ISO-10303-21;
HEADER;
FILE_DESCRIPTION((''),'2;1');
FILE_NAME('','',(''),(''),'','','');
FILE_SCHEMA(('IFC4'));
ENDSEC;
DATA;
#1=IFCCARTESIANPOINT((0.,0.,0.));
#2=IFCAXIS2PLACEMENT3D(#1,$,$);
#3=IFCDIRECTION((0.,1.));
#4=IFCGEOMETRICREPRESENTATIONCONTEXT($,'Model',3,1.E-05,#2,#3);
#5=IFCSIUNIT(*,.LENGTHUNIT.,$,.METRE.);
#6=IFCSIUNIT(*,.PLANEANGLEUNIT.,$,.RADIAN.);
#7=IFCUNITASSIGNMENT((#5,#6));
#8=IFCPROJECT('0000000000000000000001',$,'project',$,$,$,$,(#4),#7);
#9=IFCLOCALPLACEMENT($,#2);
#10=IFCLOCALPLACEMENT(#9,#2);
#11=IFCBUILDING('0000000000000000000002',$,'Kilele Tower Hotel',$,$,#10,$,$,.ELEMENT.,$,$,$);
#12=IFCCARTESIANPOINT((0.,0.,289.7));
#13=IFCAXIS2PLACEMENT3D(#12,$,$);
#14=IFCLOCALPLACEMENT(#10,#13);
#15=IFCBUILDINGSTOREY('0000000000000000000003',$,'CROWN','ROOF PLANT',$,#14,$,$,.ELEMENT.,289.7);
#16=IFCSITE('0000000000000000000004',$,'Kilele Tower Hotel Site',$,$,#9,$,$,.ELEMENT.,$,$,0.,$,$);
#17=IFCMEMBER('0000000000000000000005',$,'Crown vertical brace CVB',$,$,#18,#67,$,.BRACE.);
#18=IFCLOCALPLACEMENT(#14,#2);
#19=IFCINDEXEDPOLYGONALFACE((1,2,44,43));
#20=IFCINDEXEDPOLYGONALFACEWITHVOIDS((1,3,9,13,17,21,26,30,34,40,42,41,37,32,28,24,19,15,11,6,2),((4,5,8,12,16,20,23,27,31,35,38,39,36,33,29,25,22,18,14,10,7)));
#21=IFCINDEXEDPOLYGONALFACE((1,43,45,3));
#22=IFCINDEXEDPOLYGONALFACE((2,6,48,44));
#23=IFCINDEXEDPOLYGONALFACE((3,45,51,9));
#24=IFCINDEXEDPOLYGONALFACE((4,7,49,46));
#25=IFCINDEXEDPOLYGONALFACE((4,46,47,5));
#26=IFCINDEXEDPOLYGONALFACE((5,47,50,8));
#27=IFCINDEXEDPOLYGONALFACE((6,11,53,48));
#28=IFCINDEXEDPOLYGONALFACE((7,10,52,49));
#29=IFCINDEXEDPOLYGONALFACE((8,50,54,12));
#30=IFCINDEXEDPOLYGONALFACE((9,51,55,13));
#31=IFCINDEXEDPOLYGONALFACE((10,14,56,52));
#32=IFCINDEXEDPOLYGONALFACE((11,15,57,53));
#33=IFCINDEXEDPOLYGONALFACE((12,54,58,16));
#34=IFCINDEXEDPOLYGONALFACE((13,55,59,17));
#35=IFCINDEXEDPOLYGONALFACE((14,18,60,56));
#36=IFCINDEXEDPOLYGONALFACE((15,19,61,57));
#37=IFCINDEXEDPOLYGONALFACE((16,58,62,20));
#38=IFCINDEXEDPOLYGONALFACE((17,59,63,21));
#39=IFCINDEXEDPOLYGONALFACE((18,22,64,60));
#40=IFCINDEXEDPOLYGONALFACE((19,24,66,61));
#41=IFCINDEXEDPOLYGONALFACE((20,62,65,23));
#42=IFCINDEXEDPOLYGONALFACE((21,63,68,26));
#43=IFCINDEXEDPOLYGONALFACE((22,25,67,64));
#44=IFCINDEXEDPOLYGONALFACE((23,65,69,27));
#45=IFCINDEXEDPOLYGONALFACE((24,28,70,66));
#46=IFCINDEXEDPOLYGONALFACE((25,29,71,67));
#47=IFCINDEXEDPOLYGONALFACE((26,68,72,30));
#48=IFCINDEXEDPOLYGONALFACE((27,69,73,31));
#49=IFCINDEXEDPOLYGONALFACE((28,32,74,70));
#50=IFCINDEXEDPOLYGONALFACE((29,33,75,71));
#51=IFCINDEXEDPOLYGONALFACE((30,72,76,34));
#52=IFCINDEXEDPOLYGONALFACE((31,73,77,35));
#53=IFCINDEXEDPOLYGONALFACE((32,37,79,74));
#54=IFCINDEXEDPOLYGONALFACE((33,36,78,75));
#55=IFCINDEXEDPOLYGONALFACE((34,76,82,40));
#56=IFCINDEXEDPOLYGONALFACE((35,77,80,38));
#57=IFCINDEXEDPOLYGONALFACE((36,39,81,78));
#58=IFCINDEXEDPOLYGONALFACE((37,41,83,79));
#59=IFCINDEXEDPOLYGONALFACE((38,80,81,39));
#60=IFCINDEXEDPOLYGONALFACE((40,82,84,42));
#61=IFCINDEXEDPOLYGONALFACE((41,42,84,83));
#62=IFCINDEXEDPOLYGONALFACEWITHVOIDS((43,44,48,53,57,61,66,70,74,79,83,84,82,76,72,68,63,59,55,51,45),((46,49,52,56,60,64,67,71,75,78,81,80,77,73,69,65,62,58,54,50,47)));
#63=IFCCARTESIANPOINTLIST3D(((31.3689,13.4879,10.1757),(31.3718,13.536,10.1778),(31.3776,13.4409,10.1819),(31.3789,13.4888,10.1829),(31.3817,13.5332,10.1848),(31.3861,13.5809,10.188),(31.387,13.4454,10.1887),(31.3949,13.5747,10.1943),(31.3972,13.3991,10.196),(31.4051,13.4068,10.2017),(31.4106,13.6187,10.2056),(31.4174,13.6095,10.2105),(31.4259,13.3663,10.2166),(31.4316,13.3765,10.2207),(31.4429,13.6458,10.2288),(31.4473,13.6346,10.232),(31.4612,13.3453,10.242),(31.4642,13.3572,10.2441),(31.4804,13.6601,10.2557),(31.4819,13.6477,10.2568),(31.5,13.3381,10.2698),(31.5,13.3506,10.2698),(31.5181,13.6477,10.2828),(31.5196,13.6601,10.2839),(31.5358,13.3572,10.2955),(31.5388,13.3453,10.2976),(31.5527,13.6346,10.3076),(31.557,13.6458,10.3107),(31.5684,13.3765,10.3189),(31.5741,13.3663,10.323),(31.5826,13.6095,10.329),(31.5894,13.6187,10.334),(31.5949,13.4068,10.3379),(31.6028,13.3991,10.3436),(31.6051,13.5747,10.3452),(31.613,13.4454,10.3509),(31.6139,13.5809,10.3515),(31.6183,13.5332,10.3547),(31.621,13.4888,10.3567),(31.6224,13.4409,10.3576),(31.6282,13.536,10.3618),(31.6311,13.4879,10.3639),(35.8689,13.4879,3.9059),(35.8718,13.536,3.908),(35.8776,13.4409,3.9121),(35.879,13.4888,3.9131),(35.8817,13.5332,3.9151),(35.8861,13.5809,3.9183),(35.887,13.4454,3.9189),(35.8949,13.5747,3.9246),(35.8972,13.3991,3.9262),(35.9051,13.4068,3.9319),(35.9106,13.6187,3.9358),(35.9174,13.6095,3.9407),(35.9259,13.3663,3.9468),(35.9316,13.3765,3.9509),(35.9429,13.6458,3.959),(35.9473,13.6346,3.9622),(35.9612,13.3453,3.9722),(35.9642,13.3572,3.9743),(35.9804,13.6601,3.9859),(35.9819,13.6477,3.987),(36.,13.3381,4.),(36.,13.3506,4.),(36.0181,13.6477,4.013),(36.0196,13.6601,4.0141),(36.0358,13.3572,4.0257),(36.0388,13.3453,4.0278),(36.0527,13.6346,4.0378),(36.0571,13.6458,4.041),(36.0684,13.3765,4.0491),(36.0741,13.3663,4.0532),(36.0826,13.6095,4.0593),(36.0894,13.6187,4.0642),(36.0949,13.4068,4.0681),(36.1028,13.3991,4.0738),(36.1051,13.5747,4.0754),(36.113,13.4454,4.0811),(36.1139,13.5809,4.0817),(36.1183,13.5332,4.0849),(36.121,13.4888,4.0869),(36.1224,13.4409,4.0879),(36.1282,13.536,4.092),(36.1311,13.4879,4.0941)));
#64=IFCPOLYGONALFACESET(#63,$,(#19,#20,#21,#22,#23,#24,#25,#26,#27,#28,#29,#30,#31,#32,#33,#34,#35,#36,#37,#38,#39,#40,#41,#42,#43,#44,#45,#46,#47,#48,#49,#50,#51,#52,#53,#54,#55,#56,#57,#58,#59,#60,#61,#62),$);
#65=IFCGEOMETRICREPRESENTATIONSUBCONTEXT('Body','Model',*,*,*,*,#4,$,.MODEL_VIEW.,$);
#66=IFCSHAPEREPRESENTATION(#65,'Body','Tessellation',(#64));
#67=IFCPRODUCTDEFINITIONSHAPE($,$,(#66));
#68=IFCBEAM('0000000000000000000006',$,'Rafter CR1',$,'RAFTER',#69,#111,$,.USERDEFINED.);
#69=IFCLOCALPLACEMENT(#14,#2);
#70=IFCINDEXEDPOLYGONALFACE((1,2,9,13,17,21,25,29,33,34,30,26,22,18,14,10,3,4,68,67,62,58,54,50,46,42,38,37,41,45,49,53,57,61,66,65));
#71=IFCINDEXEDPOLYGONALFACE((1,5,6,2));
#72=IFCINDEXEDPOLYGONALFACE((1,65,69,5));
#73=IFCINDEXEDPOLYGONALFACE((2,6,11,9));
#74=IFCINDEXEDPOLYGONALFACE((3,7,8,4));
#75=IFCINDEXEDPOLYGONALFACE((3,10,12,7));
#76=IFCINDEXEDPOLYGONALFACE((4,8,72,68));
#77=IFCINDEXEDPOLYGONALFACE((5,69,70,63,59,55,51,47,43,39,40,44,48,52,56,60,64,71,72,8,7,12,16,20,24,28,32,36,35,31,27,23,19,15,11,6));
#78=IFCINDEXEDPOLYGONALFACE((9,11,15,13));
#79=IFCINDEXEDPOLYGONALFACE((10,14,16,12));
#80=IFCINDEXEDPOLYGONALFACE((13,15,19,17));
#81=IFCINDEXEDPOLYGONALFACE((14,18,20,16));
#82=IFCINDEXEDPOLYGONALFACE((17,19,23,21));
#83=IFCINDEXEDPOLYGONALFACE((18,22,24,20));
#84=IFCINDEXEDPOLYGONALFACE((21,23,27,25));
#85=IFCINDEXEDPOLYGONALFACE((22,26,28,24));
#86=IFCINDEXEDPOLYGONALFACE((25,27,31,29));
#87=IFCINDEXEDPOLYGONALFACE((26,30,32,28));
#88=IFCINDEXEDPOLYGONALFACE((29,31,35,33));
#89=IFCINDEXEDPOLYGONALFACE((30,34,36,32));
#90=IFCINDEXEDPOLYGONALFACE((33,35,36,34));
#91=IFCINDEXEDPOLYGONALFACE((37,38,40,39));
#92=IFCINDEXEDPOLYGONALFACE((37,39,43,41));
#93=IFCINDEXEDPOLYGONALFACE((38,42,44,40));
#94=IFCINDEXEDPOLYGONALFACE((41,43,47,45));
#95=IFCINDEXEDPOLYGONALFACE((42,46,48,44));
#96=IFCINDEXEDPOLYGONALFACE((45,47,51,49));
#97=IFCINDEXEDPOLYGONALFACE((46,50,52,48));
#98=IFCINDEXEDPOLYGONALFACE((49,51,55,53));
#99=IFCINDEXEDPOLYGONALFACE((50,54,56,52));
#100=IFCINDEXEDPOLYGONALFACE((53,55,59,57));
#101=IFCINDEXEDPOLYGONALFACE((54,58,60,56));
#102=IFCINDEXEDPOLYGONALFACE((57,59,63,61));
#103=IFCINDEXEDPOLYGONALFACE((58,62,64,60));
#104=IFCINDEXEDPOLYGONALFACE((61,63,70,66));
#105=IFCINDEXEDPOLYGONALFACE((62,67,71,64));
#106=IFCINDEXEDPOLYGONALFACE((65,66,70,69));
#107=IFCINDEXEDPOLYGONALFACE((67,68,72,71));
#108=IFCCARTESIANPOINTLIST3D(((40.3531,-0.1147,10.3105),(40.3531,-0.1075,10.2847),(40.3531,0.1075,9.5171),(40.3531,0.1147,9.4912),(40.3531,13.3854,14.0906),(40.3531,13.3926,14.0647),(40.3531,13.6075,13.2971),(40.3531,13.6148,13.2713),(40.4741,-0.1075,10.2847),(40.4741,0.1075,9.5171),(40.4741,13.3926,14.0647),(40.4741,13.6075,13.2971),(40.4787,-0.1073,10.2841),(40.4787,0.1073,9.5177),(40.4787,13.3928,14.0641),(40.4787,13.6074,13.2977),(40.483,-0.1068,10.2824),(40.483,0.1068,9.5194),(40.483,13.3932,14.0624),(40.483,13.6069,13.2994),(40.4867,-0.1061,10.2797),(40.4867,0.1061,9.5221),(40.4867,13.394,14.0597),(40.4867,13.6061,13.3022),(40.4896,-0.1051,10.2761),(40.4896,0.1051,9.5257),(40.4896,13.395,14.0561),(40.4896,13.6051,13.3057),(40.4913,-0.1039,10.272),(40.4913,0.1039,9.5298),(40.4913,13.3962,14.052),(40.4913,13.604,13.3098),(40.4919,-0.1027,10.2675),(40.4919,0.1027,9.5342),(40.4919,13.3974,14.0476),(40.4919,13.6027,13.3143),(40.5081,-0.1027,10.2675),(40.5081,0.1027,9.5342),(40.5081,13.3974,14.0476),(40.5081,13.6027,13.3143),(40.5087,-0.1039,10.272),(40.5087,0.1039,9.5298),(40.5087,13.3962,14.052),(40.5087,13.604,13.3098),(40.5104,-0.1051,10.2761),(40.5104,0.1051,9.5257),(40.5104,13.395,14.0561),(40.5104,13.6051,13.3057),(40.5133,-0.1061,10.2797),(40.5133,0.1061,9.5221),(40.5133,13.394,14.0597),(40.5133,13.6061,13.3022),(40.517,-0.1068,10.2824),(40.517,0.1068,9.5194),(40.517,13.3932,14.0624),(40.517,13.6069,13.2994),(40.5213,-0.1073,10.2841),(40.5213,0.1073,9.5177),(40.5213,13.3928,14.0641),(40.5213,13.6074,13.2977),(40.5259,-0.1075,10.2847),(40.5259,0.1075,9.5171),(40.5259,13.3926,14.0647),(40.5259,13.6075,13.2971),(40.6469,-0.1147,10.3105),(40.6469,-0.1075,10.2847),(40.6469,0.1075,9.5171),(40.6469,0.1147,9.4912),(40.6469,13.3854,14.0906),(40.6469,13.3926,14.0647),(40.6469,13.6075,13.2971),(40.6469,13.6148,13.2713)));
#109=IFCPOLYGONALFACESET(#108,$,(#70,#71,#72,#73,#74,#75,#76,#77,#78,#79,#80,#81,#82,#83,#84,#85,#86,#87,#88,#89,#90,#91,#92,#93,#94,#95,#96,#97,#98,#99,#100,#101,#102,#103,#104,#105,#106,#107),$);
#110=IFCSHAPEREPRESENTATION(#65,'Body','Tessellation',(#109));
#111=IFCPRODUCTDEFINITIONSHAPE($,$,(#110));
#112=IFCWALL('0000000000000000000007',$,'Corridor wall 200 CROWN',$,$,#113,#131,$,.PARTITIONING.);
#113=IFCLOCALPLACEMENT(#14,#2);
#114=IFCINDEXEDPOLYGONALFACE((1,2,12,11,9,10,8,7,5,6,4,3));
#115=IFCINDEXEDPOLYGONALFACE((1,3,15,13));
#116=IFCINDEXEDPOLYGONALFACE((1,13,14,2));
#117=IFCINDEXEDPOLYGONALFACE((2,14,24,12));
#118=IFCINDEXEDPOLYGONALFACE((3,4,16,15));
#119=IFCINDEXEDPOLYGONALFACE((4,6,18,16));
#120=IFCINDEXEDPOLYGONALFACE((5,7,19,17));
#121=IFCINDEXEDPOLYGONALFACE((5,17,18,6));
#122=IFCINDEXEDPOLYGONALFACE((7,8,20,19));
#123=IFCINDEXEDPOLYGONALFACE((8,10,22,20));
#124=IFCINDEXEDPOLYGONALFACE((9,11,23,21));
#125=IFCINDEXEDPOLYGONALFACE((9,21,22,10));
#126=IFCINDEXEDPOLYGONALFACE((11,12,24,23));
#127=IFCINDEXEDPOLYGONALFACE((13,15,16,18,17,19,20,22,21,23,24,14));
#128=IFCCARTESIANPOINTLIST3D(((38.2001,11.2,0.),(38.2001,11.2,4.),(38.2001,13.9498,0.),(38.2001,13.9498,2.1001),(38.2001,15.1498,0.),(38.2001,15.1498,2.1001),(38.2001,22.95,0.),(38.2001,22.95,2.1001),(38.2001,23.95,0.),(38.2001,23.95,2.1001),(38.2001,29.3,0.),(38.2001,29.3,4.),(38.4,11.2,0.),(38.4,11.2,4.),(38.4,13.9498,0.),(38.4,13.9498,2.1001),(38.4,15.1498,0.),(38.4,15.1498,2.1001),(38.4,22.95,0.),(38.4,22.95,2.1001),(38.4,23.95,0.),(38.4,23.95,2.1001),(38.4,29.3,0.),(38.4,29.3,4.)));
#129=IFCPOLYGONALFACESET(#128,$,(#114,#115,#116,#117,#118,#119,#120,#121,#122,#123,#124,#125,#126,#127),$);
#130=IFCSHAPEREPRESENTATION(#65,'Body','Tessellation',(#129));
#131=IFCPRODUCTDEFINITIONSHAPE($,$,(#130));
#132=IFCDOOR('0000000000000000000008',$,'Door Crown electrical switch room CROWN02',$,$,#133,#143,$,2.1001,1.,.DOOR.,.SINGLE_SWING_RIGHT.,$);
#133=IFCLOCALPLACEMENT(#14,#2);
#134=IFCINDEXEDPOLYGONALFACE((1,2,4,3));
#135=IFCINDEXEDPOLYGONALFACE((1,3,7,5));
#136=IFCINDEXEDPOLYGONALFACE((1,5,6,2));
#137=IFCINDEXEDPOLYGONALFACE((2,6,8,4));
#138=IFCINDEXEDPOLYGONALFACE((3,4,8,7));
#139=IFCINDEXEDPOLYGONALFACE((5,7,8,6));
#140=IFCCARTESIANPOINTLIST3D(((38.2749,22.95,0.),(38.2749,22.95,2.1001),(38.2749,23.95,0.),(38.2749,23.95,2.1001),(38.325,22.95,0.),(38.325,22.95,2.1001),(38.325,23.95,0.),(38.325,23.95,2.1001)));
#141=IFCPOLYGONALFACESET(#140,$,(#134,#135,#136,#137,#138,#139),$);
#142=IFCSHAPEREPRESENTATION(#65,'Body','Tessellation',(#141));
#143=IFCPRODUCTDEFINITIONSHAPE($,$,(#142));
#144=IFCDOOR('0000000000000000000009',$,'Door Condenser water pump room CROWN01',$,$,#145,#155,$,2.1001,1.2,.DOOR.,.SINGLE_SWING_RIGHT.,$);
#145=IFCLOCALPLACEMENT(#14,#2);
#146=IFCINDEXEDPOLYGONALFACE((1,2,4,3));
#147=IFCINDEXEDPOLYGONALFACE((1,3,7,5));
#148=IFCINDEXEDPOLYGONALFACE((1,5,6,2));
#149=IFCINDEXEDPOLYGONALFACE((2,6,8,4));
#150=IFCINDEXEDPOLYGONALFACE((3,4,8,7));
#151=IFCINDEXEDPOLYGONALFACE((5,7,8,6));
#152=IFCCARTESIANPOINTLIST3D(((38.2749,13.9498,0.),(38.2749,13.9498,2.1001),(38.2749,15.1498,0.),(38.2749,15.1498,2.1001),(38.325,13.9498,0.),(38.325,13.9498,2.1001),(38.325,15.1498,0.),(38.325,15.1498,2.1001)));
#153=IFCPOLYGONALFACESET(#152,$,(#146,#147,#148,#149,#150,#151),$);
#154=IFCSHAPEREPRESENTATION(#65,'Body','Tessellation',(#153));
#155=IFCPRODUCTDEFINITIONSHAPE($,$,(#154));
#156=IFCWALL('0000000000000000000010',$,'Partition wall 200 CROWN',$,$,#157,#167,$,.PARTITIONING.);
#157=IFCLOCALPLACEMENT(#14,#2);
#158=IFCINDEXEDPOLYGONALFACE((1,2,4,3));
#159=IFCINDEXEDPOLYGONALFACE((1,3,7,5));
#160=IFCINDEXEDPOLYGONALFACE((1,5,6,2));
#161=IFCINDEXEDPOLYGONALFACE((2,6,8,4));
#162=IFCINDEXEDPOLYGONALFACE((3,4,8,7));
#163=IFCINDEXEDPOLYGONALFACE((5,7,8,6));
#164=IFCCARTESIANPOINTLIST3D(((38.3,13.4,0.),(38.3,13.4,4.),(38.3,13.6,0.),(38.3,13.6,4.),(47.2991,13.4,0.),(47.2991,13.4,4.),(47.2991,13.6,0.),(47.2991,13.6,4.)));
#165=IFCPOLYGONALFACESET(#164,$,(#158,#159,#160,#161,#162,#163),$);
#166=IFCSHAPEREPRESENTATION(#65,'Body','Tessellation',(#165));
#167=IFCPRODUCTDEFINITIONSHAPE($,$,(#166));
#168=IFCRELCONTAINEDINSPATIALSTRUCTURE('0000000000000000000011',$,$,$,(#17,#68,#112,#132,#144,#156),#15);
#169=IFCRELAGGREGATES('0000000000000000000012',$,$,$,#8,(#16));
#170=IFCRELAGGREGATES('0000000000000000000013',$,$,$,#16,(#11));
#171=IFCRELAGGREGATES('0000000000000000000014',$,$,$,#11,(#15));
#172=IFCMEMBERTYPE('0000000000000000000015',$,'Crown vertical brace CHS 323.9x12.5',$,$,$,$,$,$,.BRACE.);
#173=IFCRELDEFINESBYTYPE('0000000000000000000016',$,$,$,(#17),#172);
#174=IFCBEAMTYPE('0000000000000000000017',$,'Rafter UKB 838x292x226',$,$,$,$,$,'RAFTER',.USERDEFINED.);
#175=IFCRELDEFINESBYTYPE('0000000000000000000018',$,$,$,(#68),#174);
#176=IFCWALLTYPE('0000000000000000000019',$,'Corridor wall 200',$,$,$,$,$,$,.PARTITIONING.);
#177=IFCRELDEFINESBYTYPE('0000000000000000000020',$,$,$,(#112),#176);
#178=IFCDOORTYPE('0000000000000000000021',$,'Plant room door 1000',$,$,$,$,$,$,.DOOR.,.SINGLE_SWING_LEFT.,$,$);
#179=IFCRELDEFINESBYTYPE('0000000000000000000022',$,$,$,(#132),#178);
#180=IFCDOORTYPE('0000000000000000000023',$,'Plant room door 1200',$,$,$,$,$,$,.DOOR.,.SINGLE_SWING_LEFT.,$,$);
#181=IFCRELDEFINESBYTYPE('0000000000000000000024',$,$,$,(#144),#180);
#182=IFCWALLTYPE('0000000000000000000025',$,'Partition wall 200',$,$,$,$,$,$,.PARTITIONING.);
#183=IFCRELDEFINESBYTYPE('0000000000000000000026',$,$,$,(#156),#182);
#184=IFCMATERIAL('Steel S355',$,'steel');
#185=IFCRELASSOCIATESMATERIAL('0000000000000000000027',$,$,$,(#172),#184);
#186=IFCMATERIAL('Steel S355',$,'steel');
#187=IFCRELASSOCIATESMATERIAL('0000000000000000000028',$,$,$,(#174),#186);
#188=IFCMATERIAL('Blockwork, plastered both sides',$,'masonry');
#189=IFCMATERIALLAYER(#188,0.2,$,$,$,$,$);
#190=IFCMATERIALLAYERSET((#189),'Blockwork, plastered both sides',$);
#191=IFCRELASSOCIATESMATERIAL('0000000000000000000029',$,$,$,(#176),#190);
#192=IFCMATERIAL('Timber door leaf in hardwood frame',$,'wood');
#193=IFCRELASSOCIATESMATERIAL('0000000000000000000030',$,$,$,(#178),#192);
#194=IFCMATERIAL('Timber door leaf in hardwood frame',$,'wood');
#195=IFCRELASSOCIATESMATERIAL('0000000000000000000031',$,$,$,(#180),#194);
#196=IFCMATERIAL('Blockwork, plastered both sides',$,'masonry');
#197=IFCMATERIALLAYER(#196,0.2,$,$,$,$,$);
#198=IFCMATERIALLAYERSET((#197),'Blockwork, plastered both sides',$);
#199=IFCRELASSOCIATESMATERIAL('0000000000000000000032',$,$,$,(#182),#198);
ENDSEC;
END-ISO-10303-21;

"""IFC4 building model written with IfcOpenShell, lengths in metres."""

from ifc_helpers import new_model, si_unit, direction, frame, frame_2d, origin, origin_2d, place, context, subcontext, project, spatial, rectangle, hollow_circle, i_section, extrude, material, layer, layer_set, material_profile, profile_set, type_object, element, fill, save


model = new_model("IFC4")

# Units and contexts
model_context = context("Model", 3, precision=1e-05, world=origin(), true_north=direction((0.0, 1.0)))
body_context = subcontext(model_context, "Body", "Model", "MODEL_VIEW")
ifc_project = project(units=[si_unit("LENGTHUNIT", "METRE"), si_unit("PLANEANGLEUNIT", "RADIAN")], contexts=[model_context])

# Site, building, storey
site_placement = place(None, origin())
site = spatial("IfcSite", under=ifc_project, at=site_placement, Name="Kilele Tower Hotel Site", CompositionType="ELEMENT", RefElevation=0.0)
building_placement = place(site_placement, origin())
building = spatial("IfcBuilding", under=site, at=building_placement, Name="Kilele Tower Hotel", CompositionType="ELEMENT")
storey_placement = place(building_placement, frame((0.0, 0.0, 289.7)))
storey = spatial("IfcBuildingStorey", under=building, at=storey_placement, Name="CROWN", Description="ROOF PLANT", CompositionType="ELEMENT", Elevation=289.7)

# Member
ifc_material_1 = material(Name="Steel S355", Category="steel")
ifc_material_profile_1 = material_profile(ifc_material_1, hollow_circle(Radius=0.1619, WallThickness=0.0125, at=origin_2d()))
ifc_profile_set_1 = profile_set([ifc_material_profile_1], Name="Steel S355")
member_type_1 = type_object("IfcMemberType", Name="Crown vertical brace CHS 323.9x12.5", PredefinedType="BRACE", material=ifc_profile_set_1)
member_1_placement = place(storey_placement, frame((36.0, 13.5, 4.0), z_axis=(-0.583089, 0.0, 0.812408), x_axis=(0.0, -1.0, 0.0)))
element("IfcMember", 1, at=member_1_placement, inside=storey, type_object=member_type_1, Name="Crown vertical brace CVB", PredefinedType="BRACE", context=body_context, shape_type="SweptSolid", body=[
    extrude(hollow_circle(Radius=0.1619, WallThickness=0.0125, at=origin_2d()), origin(), (0.0, 0.0, 1.0), 7.7175),
])

# Beam
ifc_material_2 = material(Name="Steel S355", Category="steel")
ifc_material_profile_2 = material_profile(ifc_material_2, i_section(OverallWidth=0.2937, OverallDepth=0.8508, WebThickness=0.0161, FlangeThickness=0.0269, FilletRadius=0.0178, at=origin_2d()))
ifc_profile_set_2 = profile_set([ifc_material_profile_2], Name="Steel S355")
beam_type = type_object("IfcBeamType", Name="Rafter UKB 838x292x226", ElementType="RAFTER", PredefinedType="USERDEFINED", material=ifc_profile_set_2)
beam_placement = place(storey_placement, frame((40.5, 0.0, 9.9009), z_axis=(0.0, 0.962963, 0.269632), x_axis=(-1.0, 0.0, 0.0)))
element("IfcBeam", 2, at=beam_placement, inside=storey, type_object=beam_type, Name="Rafter CR1", ObjectType="RAFTER", PredefinedType="USERDEFINED", context=body_context, shape_type="SweptSolid", body=[
    extrude(i_section(OverallWidth=0.2937, OverallDepth=0.8508, WebThickness=0.0161, FlangeThickness=0.0269, FilletRadius=0.0178, at=origin_2d()), origin(), (0.0, 0.0, 1.0), 14.0193),
])

# Wall, openings, doors
ifc_material_3 = material(Name="Blockwork, plastered both sides", Category="masonry")
ifc_layer_1 = layer(ifc_material_3, 0.2)
ifc_layer_set_1 = layer_set([ifc_layer_1], Name="Blockwork, plastered both sides")
wall_type_1 = type_object("IfcWallType", Name="Corridor wall 200", PredefinedType="PARTITIONING", material=ifc_layer_set_1)
wall_1_placement = place(storey_placement, frame((38.3, 11.2, 0.0), z_axis=(0.0, 0.0, 1.0), x_axis=(0.0, 1.0, 0.0)))
wall_1 = element("IfcWall", 3, at=wall_1_placement, inside=storey, type_object=wall_type_1, Name="Corridor wall 200 CROWN", PredefinedType="PARTITIONING", context=body_context, shape_type="SweptSolid", body=[
    extrude(rectangle(XDim=18.1001, YDim=0.2, at=frame_2d((9.05, 0.0))), origin(), (0.0, 0.0, 1.0), 4.0),
])
opening_1_placement = place(wall_1_placement, frame((3.95, 0.0, 0.0), z_axis=(0.0, 0.0, 1.0), x_axis=(-1.0, 0.0, 0.0)))
opening_1 = element("IfcOpeningElement", 4, at=opening_1_placement, cuts=wall_1, PredefinedType="OPENING", context=body_context, shape_type="SweptSolid", body=[
    extrude(rectangle(XDim=1.2, YDim=2.1001, at=frame_2d((0.6001, 1.05))), frame((0.0, 0.1099, 0.0), z_axis=(0.0, -1.0, 0.0), x_axis=(1.0, 0.0, 0.0)), (0.0, 0.0, 1.0), 0.22),
])
opening_2_placement = place(wall_1_placement, frame((12.75, 0.0, 0.0), z_axis=(0.0, 0.0, 1.0), x_axis=(-1.0, 0.0, 0.0)))
opening_2 = element("IfcOpeningElement", 5, at=opening_2_placement, cuts=wall_1, PredefinedType="OPENING", context=body_context, shape_type="SweptSolid", body=[
    extrude(rectangle(XDim=1.0, YDim=2.1001, at=frame_2d((0.5, 1.05))), frame((0.0, 0.1099, 0.0), z_axis=(0.0, -1.0, 0.0), x_axis=(1.0, 0.0, 0.0)), (0.0, 0.0, 1.0), 0.22),
])
ifc_material_4 = material(Name="Timber door leaf in hardwood frame", Category="wood")
door_type_1 = type_object("IfcDoorType", Name="Plant room door 1000", OperationType="SINGLE_SWING_LEFT", PredefinedType="DOOR", material=ifc_material_4)
door_1_placement = place(opening_2_placement, origin())
door_1 = element("IfcDoor", 6, at=door_1_placement, inside=storey, type_object=door_type_1, Name="Door Crown electrical switch room CROWN02", OperationType="SINGLE_SWING_RIGHT", OverallHeight=2.1001, OverallWidth=1.0, PredefinedType="DOOR", context=body_context, shape_type="SweptSolid", body=[
    extrude(rectangle(XDim=1.0, YDim=2.1001, at=frame_2d((0.5, 1.05))), frame((0.0, 0.0249, 0.0), z_axis=(0.0, -1.0, 0.0), x_axis=(1.0, 0.0, 0.0)), (0.0, 0.0, 1.0), 0.05),
])
fill(opening_2, door_1)
ifc_material_5 = material(Name="Timber door leaf in hardwood frame", Category="wood")
door_type_2 = type_object("IfcDoorType", Name="Plant room door 1200", OperationType="SINGLE_SWING_LEFT", PredefinedType="DOOR", material=ifc_material_5)
door_2_placement = place(opening_1_placement, origin())
door_2 = element("IfcDoor", 7, at=door_2_placement, inside=storey, type_object=door_type_2, Name="Door Condenser water pump room CROWN01", OperationType="SINGLE_SWING_RIGHT", OverallHeight=2.1001, OverallWidth=1.2, PredefinedType="DOOR", context=body_context, shape_type="SweptSolid", body=[
    extrude(rectangle(XDim=1.2, YDim=2.1001, at=frame_2d((0.6001, 1.05))), frame((0.0, 0.0249, 0.0), z_axis=(0.0, -1.0, 0.0), x_axis=(1.0, 0.0, 0.0)), (0.0, 0.0, 1.0), 0.05),
])
fill(opening_1, door_2)

# Wall
ifc_material_6 = material(Name="Blockwork, plastered both sides", Category="masonry")
ifc_layer_2 = layer(ifc_material_6, 0.2)
ifc_layer_set_2 = layer_set([ifc_layer_2], Name="Blockwork, plastered both sides")
wall_type_2 = type_object("IfcWallType", Name="Partition wall 200", PredefinedType="PARTITIONING", material=ifc_layer_set_2)
wall_2_placement = place(storey_placement, frame((38.3, 13.5, 0.0), z_axis=(0.0, 0.0, 1.0), x_axis=(1.0, 0.0, 0.0)))
element("IfcWall", 8, at=wall_2_placement, inside=storey, type_object=wall_type_2, Name="Partition wall 200 CROWN", PredefinedType="PARTITIONING", context=body_context, shape_type="SweptSolid", body=[
    extrude(rectangle(XDim=8.999, YDim=0.2, at=frame_2d((4.4995, 0.0))), origin(), (0.0, 0.0, 1.0), 4.0),
])

save(model, "model.ifc")
